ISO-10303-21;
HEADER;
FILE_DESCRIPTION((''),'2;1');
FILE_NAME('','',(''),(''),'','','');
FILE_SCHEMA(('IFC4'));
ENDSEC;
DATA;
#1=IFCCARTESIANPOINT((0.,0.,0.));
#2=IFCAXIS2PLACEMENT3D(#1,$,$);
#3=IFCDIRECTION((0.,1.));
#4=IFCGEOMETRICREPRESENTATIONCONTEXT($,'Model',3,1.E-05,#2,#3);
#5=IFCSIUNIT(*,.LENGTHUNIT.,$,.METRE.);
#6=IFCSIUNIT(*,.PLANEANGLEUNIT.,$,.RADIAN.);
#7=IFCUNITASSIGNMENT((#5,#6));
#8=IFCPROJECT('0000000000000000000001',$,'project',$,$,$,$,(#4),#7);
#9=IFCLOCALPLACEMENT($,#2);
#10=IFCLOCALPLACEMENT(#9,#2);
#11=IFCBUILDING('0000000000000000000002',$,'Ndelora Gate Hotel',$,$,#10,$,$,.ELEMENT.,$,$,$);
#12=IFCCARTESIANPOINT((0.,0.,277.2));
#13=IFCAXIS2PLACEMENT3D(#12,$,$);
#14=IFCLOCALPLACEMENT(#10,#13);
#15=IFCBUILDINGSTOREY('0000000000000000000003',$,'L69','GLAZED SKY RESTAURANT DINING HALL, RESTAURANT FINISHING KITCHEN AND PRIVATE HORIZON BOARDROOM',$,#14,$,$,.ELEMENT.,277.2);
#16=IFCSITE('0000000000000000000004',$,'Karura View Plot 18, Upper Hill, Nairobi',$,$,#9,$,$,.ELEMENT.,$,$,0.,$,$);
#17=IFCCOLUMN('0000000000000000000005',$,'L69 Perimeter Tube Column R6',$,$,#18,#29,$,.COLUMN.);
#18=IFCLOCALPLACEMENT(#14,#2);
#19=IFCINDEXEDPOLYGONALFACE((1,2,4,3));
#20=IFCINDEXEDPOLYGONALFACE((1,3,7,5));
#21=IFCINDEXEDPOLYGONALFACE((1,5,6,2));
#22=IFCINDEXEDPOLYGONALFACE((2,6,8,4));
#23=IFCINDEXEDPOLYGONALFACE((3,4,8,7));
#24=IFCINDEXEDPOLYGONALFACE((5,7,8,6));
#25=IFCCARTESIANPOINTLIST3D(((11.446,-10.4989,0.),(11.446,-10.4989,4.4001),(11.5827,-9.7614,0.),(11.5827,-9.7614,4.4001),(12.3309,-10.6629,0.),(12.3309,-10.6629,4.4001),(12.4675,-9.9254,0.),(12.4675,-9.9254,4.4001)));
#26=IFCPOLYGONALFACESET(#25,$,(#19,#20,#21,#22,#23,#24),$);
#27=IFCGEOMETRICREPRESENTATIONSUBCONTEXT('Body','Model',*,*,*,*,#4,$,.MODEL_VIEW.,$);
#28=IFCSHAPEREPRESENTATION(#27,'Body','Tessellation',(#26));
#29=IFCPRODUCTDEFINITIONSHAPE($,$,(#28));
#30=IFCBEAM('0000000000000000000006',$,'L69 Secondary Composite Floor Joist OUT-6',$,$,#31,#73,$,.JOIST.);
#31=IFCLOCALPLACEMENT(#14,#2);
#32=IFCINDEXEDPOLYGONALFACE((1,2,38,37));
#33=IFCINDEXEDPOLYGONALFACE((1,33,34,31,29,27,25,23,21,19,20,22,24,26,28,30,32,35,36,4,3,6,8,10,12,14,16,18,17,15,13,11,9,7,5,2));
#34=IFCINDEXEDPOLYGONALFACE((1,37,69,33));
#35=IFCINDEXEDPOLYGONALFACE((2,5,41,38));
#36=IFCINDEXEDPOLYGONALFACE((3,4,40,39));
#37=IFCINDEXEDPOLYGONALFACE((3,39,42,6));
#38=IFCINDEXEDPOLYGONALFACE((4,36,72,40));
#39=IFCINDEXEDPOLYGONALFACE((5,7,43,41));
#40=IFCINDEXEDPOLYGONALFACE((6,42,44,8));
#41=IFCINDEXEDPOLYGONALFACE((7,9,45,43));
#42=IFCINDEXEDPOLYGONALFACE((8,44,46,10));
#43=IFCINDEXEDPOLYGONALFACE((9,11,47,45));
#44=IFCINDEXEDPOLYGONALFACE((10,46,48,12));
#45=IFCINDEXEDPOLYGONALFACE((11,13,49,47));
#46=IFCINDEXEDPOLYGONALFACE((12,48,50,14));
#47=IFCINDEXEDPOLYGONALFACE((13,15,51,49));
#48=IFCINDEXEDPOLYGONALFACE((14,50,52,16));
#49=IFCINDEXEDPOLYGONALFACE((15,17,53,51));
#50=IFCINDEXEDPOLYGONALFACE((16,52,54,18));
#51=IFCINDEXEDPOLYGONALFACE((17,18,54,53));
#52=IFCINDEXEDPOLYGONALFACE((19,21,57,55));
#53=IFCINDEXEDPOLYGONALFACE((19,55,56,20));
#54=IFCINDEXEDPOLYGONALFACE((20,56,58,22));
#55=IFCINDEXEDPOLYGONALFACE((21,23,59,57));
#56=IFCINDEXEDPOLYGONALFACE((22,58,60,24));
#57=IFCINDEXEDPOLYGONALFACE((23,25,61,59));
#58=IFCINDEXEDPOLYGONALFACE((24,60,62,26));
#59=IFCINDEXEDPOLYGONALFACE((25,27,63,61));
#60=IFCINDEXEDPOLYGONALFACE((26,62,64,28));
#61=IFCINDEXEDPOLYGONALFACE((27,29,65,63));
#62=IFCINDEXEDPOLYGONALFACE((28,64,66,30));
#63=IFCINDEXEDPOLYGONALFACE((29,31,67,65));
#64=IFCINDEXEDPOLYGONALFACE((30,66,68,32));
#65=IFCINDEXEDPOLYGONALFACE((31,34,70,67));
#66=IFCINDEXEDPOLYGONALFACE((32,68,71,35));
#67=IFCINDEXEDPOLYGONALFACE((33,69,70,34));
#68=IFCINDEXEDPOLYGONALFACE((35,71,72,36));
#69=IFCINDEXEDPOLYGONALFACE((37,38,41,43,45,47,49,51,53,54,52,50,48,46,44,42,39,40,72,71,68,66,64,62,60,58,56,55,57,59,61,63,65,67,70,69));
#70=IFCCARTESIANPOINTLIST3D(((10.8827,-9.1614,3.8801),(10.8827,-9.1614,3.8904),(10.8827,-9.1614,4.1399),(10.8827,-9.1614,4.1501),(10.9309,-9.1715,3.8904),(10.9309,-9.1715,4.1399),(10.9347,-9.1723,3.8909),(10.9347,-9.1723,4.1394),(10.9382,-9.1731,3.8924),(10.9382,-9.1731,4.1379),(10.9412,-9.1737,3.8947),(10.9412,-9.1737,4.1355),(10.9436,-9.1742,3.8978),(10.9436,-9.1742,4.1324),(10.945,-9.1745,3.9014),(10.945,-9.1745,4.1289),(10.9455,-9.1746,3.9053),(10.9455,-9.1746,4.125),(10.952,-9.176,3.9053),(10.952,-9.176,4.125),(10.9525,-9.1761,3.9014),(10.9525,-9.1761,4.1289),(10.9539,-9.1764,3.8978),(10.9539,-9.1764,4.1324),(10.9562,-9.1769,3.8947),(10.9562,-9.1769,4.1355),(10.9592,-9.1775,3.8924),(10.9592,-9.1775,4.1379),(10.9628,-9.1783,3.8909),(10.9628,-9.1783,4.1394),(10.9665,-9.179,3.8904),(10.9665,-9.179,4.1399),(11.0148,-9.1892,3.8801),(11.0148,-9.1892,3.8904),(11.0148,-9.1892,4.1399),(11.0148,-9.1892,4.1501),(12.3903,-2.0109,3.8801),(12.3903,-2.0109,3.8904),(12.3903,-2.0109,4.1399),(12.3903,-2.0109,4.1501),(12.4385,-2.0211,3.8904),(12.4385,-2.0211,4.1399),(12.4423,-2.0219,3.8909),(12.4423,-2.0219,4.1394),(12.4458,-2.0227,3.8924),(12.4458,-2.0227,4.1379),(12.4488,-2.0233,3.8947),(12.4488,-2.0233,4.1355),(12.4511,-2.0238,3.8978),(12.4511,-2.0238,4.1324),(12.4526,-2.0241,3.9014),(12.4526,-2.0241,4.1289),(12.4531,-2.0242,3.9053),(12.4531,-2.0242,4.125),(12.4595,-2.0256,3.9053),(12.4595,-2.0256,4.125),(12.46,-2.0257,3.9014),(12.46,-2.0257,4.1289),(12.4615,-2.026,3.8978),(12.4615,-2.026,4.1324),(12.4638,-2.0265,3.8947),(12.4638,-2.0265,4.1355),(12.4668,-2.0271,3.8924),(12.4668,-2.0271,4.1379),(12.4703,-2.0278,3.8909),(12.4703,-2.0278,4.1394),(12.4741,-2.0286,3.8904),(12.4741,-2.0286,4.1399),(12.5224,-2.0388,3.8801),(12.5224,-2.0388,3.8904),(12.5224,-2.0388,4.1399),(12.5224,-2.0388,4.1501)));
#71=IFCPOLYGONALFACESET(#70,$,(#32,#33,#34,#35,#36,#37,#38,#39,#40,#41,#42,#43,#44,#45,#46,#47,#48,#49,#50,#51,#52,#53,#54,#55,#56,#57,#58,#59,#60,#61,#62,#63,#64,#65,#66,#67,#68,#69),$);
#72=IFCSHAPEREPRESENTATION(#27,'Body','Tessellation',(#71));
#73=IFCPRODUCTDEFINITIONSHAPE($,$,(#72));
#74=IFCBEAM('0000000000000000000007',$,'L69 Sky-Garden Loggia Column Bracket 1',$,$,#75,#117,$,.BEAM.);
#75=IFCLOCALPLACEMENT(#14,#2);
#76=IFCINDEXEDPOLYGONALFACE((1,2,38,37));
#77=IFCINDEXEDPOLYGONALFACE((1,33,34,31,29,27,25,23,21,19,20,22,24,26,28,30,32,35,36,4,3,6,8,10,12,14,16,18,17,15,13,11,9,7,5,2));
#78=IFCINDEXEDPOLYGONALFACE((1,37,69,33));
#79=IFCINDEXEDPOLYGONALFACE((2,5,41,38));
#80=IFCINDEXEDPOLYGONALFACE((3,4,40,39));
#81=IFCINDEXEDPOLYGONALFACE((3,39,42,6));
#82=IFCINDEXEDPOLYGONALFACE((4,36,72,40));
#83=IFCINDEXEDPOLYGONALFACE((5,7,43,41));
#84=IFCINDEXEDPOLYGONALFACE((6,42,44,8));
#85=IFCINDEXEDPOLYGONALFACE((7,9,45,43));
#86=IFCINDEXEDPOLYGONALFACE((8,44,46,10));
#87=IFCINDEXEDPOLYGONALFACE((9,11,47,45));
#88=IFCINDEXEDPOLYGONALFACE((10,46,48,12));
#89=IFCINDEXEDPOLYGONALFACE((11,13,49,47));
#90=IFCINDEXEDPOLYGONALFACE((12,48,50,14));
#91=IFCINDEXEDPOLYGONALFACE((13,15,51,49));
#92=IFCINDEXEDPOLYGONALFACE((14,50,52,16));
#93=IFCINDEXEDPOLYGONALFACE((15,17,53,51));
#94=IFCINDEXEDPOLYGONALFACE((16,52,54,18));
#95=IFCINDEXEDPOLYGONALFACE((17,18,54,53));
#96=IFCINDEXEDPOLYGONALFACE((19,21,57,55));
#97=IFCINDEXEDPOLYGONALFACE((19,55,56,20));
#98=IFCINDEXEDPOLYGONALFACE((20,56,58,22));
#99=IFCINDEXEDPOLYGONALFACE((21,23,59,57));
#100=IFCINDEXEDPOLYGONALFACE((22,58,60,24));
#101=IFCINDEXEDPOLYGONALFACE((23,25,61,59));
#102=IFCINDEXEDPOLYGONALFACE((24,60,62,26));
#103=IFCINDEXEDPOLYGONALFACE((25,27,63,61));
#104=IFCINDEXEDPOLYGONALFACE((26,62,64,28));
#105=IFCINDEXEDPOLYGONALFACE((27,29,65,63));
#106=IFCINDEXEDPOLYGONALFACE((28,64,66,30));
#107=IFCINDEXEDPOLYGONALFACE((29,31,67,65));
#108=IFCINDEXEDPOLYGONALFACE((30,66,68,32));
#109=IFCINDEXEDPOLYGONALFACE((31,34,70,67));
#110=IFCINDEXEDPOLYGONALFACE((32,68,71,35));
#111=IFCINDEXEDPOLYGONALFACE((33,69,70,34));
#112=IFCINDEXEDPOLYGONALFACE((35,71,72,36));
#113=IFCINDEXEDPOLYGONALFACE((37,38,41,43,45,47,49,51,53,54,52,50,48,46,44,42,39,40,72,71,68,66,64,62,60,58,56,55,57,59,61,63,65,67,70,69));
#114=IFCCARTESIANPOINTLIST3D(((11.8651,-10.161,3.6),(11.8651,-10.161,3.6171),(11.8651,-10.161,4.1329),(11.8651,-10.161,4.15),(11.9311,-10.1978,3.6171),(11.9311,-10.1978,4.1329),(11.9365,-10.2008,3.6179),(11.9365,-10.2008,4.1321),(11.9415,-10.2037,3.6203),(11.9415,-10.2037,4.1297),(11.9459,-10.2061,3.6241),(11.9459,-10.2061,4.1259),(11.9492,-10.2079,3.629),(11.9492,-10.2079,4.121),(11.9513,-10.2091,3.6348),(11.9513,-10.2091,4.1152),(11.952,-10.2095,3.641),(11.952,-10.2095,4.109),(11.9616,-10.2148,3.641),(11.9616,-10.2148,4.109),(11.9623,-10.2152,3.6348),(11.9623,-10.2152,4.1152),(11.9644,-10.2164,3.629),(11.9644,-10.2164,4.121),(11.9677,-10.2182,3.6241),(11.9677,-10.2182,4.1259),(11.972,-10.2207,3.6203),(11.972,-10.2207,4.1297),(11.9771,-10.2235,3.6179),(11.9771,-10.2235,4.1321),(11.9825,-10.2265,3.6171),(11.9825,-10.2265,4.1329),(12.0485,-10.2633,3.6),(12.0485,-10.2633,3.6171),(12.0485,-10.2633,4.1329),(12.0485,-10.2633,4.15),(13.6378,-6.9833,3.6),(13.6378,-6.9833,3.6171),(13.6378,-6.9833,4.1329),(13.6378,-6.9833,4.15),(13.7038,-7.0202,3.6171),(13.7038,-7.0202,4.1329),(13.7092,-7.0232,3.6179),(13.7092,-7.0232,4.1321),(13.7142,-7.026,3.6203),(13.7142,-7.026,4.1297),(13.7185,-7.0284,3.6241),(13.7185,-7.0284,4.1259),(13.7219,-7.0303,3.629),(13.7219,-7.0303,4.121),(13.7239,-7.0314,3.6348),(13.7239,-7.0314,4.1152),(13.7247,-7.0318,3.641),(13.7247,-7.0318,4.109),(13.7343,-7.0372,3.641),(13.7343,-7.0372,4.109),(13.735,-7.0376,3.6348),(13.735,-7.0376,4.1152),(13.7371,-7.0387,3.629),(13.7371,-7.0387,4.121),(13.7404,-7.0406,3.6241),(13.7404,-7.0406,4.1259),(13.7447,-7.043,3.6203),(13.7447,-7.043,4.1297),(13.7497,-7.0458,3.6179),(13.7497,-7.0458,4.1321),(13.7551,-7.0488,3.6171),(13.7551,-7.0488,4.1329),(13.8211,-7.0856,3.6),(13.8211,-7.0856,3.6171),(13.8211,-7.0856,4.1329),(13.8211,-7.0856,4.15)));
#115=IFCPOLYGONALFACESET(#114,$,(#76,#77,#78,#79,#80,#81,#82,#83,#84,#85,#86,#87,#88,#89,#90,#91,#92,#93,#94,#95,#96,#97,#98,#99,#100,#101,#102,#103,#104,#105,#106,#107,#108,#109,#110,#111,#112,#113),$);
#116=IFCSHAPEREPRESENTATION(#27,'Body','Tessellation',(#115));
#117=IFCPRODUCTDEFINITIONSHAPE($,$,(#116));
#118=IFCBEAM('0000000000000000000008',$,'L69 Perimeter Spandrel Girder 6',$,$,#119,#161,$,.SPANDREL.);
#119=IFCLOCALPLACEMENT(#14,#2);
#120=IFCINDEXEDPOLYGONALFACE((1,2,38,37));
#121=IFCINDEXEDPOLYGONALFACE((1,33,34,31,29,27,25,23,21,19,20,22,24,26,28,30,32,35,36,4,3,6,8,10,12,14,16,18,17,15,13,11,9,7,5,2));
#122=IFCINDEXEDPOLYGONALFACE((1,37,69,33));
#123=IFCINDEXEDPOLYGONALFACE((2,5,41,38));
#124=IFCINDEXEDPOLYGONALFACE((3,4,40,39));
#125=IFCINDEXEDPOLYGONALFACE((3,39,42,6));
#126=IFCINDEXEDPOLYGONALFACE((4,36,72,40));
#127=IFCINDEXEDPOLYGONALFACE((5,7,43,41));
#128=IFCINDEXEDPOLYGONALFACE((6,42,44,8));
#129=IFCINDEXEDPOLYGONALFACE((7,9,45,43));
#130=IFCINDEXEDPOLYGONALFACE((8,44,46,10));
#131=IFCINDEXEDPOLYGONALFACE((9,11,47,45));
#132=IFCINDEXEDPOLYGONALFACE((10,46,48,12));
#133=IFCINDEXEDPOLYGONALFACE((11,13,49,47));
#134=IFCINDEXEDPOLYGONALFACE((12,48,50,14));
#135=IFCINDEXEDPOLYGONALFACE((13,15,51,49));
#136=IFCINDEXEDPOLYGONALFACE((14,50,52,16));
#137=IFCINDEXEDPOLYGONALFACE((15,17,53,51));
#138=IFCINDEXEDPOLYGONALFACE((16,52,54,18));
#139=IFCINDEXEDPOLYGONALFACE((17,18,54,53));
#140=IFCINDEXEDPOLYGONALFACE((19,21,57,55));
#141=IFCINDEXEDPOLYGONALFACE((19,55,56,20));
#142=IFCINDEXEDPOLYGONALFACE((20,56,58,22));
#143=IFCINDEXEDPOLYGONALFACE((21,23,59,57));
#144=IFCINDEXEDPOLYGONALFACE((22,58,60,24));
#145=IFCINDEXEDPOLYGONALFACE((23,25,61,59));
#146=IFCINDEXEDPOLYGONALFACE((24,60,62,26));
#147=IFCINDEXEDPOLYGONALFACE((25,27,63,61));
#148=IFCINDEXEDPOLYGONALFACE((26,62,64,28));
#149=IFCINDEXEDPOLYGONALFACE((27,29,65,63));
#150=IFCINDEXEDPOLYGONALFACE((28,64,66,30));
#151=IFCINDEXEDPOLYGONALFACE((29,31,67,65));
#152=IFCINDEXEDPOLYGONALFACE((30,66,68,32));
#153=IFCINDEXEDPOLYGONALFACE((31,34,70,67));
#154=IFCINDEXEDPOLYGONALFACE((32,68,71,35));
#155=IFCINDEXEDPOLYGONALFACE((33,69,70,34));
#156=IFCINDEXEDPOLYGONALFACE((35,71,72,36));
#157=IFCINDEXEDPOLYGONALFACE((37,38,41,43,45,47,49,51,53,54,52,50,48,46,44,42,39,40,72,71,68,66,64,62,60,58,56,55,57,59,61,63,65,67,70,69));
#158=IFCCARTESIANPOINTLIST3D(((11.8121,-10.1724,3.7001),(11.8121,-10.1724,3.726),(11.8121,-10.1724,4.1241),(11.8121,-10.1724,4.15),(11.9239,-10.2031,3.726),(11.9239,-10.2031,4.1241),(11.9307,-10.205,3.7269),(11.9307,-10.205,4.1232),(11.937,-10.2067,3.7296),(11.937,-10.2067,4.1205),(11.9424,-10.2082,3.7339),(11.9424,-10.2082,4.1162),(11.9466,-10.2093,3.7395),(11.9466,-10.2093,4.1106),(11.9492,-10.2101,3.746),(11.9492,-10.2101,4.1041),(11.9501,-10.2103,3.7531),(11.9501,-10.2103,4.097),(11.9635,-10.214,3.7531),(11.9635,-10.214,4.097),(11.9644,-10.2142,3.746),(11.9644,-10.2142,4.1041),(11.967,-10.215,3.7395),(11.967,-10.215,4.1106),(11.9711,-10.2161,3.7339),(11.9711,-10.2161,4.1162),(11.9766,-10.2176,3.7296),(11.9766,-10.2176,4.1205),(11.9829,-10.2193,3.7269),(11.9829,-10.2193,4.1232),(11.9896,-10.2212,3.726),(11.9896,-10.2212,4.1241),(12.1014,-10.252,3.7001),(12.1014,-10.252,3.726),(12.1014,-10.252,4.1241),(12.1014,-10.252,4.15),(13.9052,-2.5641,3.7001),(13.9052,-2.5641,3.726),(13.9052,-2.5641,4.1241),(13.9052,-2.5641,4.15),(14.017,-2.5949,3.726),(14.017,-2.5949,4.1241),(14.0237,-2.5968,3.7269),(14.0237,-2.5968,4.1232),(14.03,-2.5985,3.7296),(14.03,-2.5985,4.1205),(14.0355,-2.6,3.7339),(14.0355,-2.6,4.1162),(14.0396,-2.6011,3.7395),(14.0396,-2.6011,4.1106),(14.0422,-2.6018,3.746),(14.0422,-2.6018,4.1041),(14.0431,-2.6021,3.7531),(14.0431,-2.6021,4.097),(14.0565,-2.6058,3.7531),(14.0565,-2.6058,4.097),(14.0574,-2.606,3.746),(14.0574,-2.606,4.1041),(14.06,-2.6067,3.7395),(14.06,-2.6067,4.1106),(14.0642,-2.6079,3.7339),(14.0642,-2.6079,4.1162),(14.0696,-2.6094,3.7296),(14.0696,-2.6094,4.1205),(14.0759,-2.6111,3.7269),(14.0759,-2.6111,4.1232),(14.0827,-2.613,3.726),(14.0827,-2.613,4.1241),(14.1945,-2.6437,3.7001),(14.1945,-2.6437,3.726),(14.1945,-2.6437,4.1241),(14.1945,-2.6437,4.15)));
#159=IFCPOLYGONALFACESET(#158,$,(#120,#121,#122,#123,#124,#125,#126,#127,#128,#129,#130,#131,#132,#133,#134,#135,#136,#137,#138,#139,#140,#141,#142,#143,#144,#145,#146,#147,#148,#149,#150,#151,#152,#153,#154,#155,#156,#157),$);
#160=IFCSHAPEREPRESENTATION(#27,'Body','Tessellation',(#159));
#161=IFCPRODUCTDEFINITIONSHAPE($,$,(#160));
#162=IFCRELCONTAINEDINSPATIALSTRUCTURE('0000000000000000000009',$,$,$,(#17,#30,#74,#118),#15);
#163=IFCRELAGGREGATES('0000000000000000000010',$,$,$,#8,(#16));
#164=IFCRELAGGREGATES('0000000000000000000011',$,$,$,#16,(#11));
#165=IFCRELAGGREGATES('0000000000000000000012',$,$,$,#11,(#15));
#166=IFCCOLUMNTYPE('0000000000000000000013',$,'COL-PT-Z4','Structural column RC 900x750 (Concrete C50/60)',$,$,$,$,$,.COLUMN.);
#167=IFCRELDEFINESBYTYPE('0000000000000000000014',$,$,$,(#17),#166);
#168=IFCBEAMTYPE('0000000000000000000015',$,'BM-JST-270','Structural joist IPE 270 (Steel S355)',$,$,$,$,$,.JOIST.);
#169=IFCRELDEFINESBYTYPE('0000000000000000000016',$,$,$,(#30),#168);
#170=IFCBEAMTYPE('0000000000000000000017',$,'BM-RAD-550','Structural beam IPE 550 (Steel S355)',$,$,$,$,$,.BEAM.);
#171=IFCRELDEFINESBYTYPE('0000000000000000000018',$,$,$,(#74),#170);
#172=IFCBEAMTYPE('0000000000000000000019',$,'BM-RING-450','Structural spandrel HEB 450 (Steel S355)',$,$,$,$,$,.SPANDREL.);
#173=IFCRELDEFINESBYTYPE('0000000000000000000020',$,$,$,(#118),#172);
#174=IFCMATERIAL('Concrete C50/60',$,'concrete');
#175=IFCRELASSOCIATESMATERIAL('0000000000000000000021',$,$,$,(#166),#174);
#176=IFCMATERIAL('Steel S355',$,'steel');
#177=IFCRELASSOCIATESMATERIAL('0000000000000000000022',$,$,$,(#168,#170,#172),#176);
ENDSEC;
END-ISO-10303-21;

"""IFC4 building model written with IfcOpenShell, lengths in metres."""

from ifc_helpers import new_model, si_unit, direction, frame, origin, origin_2d, place, context, subcontext, project, spatial, rectangle, i_section, extrude, material, material_profile, profile_set, type_object, element, save


model = new_model("IFC4")

# Units and contexts
model_context = context("Model", 3, precision=1e-05, world=origin(), true_north=direction((0.0, 1.0)))
body_context = subcontext(model_context, "Body", "Model", "MODEL_VIEW")
ifc_project = project(units=[si_unit("LENGTHUNIT", "METRE"), si_unit("PLANEANGLEUNIT", "RADIAN")], contexts=[model_context])

# Site, building, storey
site_placement = place(None, origin())
site = spatial("IfcSite", under=ifc_project, at=site_placement, Name="Karura View Plot 18, Upper Hill, Nairobi", CompositionType="ELEMENT", RefElevation=0.0)
building_placement = place(site_placement, origin())
building = spatial("IfcBuilding", under=site, at=building_placement, Name="Ndelora Gate Hotel", CompositionType="ELEMENT")
storey_placement = place(building_placement, frame((0.0, 0.0, 277.2)))
storey = spatial("IfcBuildingStorey", under=building, at=storey_placement, Name="L69", Description="GLAZED SKY RESTAURANT DINING HALL, RESTAURANT FINISHING KITCHEN AND PRIVATE HORIZON BOARDROOM", CompositionType="ELEMENT", Elevation=277.2)

# Column
ifc_material_1 = material(Name="Concrete C50/60", Category="concrete")
ifc_material_profile_1 = material_profile(ifc_material_1, rectangle(XDim=0.75, YDim=0.8999, at=origin_2d()), Name="RC 900x750")
ifc_profile_set_1 = profile_set([ifc_material_profile_1], Name="Concrete C50/60")
column_type = type_object("IfcColumnType", Name="COL-PT-Z4", Description="Structural column RC 900x750 (Concrete C50/60)", PredefinedType="COLUMN", material=ifc_profile_set_1)
column_placement = place(storey_placement, frame((11.9568, -10.2122, 0.0), z_axis=(0.0, 0.0, 1.0), x_axis=(0.182236, 0.983255, 0.0)))
element("IfcColumn", 1, at=column_placement, inside=storey, type_object=column_type, Name="L69 Perimeter Tube Column R6", PredefinedType="COLUMN", context=body_context, shape_type="SweptSolid", body=[
    extrude(rectangle(XDim=0.75, YDim=0.8999, at=origin_2d()), origin(), (0.0, 0.0, 1.0), 4.4001),
])

# Beams
ifc_material_2 = material(Name="Steel S355", Category="steel")
ifc_material_profile_2 = material_profile(ifc_material_2, i_section(OverallWidth=0.135, OverallDepth=0.27, WebThickness=0.0066, FlangeThickness=0.0103, FilletRadius=0.0149, at=origin_2d()), Name="IPE 270")
ifc_profile_set_2 = profile_set([ifc_material_profile_2], Name="Steel S355")
beam_type_1 = type_object("IfcBeamType", Name="BM-JST-270", Description="Structural joist IPE 270 (Steel S355)", PredefinedType="JOIST", material=ifc_profile_set_2)
beam_1_placement = place(storey_placement, frame((10.9487, -9.1753, 4.0151), z_axis=(0.206302, 0.978488, 0.0), x_axis=(-0.978488, 0.206302, 0.0)))
element("IfcBeam", 2, at=beam_1_placement, inside=storey, type_object=beam_type_1, Name="L69 Secondary Composite Floor Joist OUT-6", PredefinedType="JOIST", context=body_context, shape_type="SweptSolid", body=[
    extrude(i_section(OverallWidth=0.135, OverallDepth=0.27, WebThickness=0.0066, FlangeThickness=0.0103, FilletRadius=0.0149, at=origin_2d()), origin(), (0.0, 0.0, 1.0), 7.3076),
])
ifc_material_profile_3 = material_profile(ifc_material_2, i_section(OverallWidth=0.21, OverallDepth=0.55, WebThickness=0.011, FlangeThickness=0.0171, FilletRadius=0.0239, at=origin_2d()), Name="IPE 550")
ifc_profile_set_3 = profile_set([ifc_material_profile_3], Name="Steel S355")
beam_type_2 = type_object("IfcBeamType", Name="BM-RAD-550", Description="Structural beam IPE 550 (Steel S355)", PredefinedType="BEAM", material=ifc_profile_set_3)
beam_2_placement = place(storey_placement, frame((11.9568, -10.2122, 3.875), z_axis=(0.487175, 0.873305, 0.0), x_axis=(-0.873305, 0.487175, 0.0)))
element("IfcBeam", 3, at=beam_2_placement, inside=storey, type_object=beam_type_2, Name="L69 Sky-Garden Loggia Column Bracket 1", PredefinedType="BEAM", context=body_context, shape_type="SweptSolid", body=[
    extrude(i_section(OverallWidth=0.21, OverallDepth=0.55, WebThickness=0.011, FlangeThickness=0.0171, FilletRadius=0.0239, at=origin_2d()), origin(), (0.0, 0.0, 1.0), 3.6387),
])
ifc_material_profile_4 = material_profile(ifc_material_2, i_section(OverallWidth=0.3, OverallDepth=0.45, WebThickness=0.0139, FlangeThickness=0.0259, FilletRadius=0.0271, at=origin_2d()), Name="HEB 450")
ifc_profile_set_4 = profile_set([ifc_material_profile_4], Name="Steel S355")
beam_type_3 = type_object("IfcBeamType", Name="BM-RING-450", Description="Structural spandrel HEB 450 (Steel S355)", PredefinedType="SPANDREL", material=ifc_profile_set_4)
beam_3_placement = place(storey_placement, frame((11.9568, -10.2122, 3.925), z_axis=(0.265248, 0.96418, 0.0), x_axis=(-0.96418, 0.265248, 0.0)))
element("IfcBeam", 4, at=beam_3_placement, inside=storey, type_object=beam_type_3, Name="L69 Perimeter Spandrel Girder 6", PredefinedType="SPANDREL", context=body_context, shape_type="SweptSolid", body=[
    extrude(i_section(OverallWidth=0.3, OverallDepth=0.45, WebThickness=0.0139, FlangeThickness=0.0259, FilletRadius=0.0271, at=origin_2d()), origin(), (0.0, 0.0, 1.0), 7.8909),
])

save(model, "model.ifc")
